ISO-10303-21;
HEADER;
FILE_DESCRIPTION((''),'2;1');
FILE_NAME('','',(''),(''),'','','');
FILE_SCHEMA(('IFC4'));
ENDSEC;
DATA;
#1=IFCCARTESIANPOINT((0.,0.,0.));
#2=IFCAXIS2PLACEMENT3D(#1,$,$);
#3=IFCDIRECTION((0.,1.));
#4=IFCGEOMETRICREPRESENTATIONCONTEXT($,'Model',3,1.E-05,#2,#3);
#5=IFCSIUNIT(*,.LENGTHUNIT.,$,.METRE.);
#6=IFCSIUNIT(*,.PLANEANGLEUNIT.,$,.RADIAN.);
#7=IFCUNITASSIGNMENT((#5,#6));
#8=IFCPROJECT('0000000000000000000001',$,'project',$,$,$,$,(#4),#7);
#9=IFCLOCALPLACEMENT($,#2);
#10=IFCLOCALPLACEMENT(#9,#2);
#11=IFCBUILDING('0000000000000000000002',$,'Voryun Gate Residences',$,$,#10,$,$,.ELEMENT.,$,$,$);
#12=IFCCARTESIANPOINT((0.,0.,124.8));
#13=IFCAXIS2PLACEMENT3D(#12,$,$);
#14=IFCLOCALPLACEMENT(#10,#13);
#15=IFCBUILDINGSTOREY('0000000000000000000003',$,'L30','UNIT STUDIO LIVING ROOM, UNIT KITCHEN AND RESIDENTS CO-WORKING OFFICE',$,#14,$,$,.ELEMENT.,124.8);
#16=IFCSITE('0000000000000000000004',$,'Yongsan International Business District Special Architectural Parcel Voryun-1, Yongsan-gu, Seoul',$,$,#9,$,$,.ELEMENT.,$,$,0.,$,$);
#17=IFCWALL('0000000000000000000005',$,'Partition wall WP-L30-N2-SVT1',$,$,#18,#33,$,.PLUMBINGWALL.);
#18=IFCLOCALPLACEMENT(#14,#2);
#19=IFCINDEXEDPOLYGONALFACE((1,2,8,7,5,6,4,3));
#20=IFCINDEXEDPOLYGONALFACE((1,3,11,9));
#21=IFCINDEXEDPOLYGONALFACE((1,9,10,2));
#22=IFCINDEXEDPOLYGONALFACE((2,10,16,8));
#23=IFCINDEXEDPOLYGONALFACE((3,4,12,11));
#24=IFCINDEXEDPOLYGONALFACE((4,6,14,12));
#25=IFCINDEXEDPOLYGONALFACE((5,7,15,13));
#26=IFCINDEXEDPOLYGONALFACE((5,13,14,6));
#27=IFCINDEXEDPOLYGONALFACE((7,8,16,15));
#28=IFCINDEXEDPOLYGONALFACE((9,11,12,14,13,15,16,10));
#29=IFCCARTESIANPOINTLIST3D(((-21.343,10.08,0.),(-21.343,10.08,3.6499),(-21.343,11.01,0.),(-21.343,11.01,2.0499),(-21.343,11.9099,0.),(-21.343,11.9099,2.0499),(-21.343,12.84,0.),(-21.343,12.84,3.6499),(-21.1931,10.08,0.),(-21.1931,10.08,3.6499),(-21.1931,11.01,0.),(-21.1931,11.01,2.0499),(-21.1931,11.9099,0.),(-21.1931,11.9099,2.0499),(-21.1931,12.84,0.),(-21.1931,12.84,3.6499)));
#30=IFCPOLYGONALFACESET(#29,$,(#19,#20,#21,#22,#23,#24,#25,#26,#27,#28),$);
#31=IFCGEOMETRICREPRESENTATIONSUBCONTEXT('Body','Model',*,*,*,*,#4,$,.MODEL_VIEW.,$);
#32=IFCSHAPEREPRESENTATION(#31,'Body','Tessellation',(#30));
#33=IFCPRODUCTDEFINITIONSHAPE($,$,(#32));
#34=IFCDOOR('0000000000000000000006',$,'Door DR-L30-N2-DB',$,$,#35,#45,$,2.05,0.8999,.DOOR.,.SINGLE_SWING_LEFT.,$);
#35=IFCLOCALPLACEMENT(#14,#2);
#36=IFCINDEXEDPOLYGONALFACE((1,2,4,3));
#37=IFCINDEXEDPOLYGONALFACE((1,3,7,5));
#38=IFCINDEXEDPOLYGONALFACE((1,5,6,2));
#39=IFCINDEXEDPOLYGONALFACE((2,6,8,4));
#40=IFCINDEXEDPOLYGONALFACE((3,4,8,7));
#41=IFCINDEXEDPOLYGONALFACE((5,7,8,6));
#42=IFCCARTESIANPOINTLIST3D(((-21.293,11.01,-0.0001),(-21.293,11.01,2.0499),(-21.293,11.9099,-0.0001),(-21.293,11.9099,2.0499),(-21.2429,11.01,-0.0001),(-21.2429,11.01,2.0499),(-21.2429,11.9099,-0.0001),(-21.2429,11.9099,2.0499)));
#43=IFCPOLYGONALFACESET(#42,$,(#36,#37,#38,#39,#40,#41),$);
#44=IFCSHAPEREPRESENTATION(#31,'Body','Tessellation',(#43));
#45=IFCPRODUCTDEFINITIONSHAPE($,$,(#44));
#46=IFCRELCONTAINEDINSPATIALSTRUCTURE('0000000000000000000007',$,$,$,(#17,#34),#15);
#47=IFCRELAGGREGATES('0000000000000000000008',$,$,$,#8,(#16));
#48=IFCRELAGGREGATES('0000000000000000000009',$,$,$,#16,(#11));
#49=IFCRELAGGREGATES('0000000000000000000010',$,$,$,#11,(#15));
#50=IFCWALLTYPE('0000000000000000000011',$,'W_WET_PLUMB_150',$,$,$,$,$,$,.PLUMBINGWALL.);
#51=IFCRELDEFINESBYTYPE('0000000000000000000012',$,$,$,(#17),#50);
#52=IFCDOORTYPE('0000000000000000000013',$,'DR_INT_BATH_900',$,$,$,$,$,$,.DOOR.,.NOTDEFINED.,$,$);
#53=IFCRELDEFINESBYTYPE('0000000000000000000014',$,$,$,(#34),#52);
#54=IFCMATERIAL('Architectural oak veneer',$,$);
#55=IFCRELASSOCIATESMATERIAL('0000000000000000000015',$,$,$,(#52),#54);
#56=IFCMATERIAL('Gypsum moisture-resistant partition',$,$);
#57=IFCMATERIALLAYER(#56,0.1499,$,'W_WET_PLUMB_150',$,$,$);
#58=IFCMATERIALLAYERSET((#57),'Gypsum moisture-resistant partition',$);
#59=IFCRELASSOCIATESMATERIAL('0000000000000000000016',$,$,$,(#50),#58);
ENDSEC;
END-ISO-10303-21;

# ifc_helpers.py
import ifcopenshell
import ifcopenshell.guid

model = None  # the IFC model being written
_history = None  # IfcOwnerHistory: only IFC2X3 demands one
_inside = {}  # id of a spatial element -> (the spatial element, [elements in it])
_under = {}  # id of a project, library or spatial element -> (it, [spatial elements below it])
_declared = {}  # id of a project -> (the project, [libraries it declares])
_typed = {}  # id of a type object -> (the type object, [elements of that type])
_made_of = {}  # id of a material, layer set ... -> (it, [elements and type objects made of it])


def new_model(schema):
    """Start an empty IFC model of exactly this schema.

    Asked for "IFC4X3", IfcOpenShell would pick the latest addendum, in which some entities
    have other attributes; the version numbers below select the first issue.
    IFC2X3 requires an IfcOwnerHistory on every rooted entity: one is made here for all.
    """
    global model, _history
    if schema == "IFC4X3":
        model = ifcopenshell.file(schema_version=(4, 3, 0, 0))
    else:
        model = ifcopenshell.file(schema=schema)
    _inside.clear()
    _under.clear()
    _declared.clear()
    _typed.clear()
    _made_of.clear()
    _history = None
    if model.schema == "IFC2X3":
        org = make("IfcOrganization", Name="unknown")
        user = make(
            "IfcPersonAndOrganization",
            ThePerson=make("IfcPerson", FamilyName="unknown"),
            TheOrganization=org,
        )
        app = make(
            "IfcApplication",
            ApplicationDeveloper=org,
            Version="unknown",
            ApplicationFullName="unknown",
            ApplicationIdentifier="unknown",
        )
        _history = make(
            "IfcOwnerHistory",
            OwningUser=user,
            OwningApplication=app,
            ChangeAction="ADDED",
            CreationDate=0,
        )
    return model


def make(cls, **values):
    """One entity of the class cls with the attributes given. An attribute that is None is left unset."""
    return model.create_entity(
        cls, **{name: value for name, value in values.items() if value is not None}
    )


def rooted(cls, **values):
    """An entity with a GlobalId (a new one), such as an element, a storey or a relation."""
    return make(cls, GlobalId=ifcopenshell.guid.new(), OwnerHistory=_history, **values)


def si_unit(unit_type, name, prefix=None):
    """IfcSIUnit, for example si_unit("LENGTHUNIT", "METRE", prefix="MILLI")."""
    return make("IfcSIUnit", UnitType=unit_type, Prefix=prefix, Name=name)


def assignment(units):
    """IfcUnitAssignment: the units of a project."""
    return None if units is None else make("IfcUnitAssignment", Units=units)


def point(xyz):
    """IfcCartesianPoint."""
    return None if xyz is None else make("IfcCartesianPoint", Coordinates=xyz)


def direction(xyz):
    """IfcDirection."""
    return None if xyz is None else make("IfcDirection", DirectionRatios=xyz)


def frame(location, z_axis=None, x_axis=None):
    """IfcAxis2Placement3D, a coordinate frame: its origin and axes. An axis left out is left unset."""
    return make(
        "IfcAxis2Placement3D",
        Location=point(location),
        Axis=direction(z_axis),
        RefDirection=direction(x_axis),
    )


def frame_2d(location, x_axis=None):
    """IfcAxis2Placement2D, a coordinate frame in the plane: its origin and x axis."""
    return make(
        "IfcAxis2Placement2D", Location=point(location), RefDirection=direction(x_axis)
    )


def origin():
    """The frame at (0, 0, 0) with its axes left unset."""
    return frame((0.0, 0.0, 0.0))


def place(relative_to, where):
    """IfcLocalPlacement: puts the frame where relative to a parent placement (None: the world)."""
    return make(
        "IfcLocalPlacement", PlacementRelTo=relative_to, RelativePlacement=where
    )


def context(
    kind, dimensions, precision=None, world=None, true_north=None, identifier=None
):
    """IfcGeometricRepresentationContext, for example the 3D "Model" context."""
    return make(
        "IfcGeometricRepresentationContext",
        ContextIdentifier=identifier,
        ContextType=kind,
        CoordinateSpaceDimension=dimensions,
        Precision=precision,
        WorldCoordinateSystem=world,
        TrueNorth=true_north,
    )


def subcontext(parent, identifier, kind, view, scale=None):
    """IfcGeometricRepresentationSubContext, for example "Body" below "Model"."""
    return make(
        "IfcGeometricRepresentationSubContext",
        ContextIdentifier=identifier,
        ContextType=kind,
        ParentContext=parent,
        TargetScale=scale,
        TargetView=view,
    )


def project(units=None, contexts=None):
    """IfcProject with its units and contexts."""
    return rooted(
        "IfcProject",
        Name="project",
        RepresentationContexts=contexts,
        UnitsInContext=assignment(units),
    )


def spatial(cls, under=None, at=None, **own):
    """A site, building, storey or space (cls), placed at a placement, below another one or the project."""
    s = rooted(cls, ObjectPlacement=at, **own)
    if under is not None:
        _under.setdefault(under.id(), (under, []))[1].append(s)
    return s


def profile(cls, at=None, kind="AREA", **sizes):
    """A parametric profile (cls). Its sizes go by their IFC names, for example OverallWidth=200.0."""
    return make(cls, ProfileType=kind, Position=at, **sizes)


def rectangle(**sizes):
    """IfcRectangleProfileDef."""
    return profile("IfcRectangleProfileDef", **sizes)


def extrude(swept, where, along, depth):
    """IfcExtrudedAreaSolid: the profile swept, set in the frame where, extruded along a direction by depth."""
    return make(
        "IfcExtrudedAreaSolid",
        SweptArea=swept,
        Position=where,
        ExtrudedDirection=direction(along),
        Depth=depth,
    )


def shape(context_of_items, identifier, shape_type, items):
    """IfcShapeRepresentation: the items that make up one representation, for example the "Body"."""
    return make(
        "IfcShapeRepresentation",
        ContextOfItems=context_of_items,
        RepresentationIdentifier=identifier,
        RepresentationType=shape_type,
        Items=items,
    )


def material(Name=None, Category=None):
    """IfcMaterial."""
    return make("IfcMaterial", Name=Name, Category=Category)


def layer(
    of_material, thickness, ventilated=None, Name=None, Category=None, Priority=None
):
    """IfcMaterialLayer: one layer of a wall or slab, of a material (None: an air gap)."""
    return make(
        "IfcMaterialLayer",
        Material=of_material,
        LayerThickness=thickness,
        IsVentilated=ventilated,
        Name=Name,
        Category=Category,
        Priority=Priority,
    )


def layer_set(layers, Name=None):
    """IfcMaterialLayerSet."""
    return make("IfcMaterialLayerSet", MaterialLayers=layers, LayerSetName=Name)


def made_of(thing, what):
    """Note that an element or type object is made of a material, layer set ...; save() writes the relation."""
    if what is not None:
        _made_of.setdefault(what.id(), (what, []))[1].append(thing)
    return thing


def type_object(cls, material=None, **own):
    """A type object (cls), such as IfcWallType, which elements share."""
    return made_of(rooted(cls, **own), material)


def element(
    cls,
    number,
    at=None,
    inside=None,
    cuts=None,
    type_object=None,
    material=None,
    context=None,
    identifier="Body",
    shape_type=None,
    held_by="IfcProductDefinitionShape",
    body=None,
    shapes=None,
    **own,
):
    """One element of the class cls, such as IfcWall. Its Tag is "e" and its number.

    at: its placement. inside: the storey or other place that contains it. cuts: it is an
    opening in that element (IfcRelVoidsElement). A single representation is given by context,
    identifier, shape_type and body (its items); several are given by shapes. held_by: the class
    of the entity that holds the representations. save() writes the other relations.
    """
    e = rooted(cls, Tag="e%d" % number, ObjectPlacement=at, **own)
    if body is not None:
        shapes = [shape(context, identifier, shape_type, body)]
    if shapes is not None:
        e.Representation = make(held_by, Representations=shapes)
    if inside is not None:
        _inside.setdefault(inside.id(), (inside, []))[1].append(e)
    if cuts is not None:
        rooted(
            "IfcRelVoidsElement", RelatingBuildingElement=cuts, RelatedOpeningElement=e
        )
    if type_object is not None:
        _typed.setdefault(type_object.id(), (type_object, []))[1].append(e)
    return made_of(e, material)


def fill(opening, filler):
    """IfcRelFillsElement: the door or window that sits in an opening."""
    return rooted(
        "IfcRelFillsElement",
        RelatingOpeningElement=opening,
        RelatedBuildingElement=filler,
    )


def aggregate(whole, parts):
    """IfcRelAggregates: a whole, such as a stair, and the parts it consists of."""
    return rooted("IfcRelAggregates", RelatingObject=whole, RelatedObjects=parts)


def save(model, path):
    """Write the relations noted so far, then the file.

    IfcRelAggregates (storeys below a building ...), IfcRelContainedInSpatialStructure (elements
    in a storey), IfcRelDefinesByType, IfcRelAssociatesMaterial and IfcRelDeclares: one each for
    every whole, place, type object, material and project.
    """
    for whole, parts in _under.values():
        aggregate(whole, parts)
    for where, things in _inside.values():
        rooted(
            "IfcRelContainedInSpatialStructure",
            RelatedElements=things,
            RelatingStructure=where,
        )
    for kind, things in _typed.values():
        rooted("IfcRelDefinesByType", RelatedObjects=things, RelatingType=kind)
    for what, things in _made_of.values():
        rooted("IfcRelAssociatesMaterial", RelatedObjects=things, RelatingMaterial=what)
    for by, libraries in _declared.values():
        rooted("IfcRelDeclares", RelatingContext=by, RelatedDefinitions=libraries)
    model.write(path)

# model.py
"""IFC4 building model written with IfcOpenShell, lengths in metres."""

from ifc_helpers import new_model, si_unit, direction, frame, frame_2d, origin, place, context, subcontext, project, spatial, rectangle, extrude, material, layer, layer_set, type_object, element, fill, save


model = new_model("IFC4")

# Units and contexts
model_context = context("Model", 3, precision=1e-05, world=origin(), true_north=direction((0.0, 1.0)))
body_context = subcontext(model_context, "Body", "Model", "MODEL_VIEW")
ifc_project = project(units=[si_unit("LENGTHUNIT", "METRE"), si_unit("PLANEANGLEUNIT", "RADIAN")], contexts=[model_context])

# Site, building, storey
site_placement = place(None, origin())
site = spatial("IfcSite", under=ifc_project, at=site_placement, Name="Yongsan International Business District Special Architectural Parcel Voryun-1, Yongsan-gu, Seoul", CompositionType="ELEMENT", RefElevation=0.0)
building_placement = place(site_placement, origin())
building = spatial("IfcBuilding", under=site, at=building_placement, Name="Voryun Gate Residences", CompositionType="ELEMENT")
storey_placement = place(building_placement, frame((0.0, 0.0, 124.8)))
storey = spatial("IfcBuildingStorey", under=building, at=storey_placement, Name="L30", Description="UNIT STUDIO LIVING ROOM, UNIT KITCHEN AND RESIDENTS CO-WORKING OFFICE", CompositionType="ELEMENT", Elevation=124.8)

# Shared definitions
ifc_material_1 = material(Name="Architectural oak veneer")
door_type_1 = type_object("IfcDoorType", Name="DR_INT_BATH_900", OperationType="NOTDEFINED", PredefinedType="DOOR", material=ifc_material_1)

# Shared definitions
ifc_material_2 = material(Name="Gypsum moisture-resistant partition")
ifc_layer_1 = layer(ifc_material_2, 0.1499, Name="W_WET_PLUMB_150")
ifc_layer_set_1 = layer_set([ifc_layer_1], Name="Gypsum moisture-resistant partition")
wall_type_1 = type_object("IfcWallType", Name="W_WET_PLUMB_150", PredefinedType="PLUMBINGWALL", material=ifc_layer_set_1)

# Wall, opening, door
wall_1_placement = place(storey_placement, frame((-21.2681, 10.0801, 0.0), z_axis=(0.0, 0.0, 1.0), x_axis=(0.0, 1.0, 0.0)))
wall_1 = element("IfcWall", 1, at=wall_1_placement, inside=storey, type_object=wall_type_1, Name="Partition wall WP-L30-N2-SVT1", PredefinedType="PLUMBINGWALL", context=body_context, shape_type="SweptSolid", body=[
    extrude(rectangle(XDim=2.76, YDim=0.1499, at=frame_2d((1.3799, 0.0))), origin(), (0.0, 0.0, 1.0), 3.6499),
])
opening_1_placement = place(wall_1_placement, frame((0.9299, 0.0, 0.0)))
opening_1 = element("IfcOpeningElement", 2, at=opening_1_placement, cuts=wall_1, PredefinedType="OPENING", context=body_context, shape_type="SweptSolid", body=[
    extrude(rectangle(XDim=0.8999, YDim=2.05, at=frame_2d((0.45, 1.0249))), frame((0.0, 0.085, 0.0), z_axis=(0.0, -1.0, 0.0), x_axis=(1.0, 0.0, 0.0)), (0.0, 0.0, 1.0), 0.1699),
])
door_1_placement = place(opening_1_placement, origin())
door_1 = element("IfcDoor", 3, at=door_1_placement, inside=storey, type_object=door_type_1, Name="Door DR-L30-N2-DB", OperationType="SINGLE_SWING_LEFT", OverallHeight=2.05, OverallWidth=0.8999, PredefinedType="DOOR", context=body_context, shape_type="SweptSolid", body=[
    extrude(rectangle(XDim=0.8999, YDim=2.05, at=frame_2d((0.45, 1.0249))), frame((0.0, 0.0249, 0.0), z_axis=(0.0, -1.0, 0.0), x_axis=(1.0, 0.0, 0.0)), (0.0, 0.0, 1.0), 0.05),
])
fill(opening_1, door_1)

save(model, "model.ifc")
